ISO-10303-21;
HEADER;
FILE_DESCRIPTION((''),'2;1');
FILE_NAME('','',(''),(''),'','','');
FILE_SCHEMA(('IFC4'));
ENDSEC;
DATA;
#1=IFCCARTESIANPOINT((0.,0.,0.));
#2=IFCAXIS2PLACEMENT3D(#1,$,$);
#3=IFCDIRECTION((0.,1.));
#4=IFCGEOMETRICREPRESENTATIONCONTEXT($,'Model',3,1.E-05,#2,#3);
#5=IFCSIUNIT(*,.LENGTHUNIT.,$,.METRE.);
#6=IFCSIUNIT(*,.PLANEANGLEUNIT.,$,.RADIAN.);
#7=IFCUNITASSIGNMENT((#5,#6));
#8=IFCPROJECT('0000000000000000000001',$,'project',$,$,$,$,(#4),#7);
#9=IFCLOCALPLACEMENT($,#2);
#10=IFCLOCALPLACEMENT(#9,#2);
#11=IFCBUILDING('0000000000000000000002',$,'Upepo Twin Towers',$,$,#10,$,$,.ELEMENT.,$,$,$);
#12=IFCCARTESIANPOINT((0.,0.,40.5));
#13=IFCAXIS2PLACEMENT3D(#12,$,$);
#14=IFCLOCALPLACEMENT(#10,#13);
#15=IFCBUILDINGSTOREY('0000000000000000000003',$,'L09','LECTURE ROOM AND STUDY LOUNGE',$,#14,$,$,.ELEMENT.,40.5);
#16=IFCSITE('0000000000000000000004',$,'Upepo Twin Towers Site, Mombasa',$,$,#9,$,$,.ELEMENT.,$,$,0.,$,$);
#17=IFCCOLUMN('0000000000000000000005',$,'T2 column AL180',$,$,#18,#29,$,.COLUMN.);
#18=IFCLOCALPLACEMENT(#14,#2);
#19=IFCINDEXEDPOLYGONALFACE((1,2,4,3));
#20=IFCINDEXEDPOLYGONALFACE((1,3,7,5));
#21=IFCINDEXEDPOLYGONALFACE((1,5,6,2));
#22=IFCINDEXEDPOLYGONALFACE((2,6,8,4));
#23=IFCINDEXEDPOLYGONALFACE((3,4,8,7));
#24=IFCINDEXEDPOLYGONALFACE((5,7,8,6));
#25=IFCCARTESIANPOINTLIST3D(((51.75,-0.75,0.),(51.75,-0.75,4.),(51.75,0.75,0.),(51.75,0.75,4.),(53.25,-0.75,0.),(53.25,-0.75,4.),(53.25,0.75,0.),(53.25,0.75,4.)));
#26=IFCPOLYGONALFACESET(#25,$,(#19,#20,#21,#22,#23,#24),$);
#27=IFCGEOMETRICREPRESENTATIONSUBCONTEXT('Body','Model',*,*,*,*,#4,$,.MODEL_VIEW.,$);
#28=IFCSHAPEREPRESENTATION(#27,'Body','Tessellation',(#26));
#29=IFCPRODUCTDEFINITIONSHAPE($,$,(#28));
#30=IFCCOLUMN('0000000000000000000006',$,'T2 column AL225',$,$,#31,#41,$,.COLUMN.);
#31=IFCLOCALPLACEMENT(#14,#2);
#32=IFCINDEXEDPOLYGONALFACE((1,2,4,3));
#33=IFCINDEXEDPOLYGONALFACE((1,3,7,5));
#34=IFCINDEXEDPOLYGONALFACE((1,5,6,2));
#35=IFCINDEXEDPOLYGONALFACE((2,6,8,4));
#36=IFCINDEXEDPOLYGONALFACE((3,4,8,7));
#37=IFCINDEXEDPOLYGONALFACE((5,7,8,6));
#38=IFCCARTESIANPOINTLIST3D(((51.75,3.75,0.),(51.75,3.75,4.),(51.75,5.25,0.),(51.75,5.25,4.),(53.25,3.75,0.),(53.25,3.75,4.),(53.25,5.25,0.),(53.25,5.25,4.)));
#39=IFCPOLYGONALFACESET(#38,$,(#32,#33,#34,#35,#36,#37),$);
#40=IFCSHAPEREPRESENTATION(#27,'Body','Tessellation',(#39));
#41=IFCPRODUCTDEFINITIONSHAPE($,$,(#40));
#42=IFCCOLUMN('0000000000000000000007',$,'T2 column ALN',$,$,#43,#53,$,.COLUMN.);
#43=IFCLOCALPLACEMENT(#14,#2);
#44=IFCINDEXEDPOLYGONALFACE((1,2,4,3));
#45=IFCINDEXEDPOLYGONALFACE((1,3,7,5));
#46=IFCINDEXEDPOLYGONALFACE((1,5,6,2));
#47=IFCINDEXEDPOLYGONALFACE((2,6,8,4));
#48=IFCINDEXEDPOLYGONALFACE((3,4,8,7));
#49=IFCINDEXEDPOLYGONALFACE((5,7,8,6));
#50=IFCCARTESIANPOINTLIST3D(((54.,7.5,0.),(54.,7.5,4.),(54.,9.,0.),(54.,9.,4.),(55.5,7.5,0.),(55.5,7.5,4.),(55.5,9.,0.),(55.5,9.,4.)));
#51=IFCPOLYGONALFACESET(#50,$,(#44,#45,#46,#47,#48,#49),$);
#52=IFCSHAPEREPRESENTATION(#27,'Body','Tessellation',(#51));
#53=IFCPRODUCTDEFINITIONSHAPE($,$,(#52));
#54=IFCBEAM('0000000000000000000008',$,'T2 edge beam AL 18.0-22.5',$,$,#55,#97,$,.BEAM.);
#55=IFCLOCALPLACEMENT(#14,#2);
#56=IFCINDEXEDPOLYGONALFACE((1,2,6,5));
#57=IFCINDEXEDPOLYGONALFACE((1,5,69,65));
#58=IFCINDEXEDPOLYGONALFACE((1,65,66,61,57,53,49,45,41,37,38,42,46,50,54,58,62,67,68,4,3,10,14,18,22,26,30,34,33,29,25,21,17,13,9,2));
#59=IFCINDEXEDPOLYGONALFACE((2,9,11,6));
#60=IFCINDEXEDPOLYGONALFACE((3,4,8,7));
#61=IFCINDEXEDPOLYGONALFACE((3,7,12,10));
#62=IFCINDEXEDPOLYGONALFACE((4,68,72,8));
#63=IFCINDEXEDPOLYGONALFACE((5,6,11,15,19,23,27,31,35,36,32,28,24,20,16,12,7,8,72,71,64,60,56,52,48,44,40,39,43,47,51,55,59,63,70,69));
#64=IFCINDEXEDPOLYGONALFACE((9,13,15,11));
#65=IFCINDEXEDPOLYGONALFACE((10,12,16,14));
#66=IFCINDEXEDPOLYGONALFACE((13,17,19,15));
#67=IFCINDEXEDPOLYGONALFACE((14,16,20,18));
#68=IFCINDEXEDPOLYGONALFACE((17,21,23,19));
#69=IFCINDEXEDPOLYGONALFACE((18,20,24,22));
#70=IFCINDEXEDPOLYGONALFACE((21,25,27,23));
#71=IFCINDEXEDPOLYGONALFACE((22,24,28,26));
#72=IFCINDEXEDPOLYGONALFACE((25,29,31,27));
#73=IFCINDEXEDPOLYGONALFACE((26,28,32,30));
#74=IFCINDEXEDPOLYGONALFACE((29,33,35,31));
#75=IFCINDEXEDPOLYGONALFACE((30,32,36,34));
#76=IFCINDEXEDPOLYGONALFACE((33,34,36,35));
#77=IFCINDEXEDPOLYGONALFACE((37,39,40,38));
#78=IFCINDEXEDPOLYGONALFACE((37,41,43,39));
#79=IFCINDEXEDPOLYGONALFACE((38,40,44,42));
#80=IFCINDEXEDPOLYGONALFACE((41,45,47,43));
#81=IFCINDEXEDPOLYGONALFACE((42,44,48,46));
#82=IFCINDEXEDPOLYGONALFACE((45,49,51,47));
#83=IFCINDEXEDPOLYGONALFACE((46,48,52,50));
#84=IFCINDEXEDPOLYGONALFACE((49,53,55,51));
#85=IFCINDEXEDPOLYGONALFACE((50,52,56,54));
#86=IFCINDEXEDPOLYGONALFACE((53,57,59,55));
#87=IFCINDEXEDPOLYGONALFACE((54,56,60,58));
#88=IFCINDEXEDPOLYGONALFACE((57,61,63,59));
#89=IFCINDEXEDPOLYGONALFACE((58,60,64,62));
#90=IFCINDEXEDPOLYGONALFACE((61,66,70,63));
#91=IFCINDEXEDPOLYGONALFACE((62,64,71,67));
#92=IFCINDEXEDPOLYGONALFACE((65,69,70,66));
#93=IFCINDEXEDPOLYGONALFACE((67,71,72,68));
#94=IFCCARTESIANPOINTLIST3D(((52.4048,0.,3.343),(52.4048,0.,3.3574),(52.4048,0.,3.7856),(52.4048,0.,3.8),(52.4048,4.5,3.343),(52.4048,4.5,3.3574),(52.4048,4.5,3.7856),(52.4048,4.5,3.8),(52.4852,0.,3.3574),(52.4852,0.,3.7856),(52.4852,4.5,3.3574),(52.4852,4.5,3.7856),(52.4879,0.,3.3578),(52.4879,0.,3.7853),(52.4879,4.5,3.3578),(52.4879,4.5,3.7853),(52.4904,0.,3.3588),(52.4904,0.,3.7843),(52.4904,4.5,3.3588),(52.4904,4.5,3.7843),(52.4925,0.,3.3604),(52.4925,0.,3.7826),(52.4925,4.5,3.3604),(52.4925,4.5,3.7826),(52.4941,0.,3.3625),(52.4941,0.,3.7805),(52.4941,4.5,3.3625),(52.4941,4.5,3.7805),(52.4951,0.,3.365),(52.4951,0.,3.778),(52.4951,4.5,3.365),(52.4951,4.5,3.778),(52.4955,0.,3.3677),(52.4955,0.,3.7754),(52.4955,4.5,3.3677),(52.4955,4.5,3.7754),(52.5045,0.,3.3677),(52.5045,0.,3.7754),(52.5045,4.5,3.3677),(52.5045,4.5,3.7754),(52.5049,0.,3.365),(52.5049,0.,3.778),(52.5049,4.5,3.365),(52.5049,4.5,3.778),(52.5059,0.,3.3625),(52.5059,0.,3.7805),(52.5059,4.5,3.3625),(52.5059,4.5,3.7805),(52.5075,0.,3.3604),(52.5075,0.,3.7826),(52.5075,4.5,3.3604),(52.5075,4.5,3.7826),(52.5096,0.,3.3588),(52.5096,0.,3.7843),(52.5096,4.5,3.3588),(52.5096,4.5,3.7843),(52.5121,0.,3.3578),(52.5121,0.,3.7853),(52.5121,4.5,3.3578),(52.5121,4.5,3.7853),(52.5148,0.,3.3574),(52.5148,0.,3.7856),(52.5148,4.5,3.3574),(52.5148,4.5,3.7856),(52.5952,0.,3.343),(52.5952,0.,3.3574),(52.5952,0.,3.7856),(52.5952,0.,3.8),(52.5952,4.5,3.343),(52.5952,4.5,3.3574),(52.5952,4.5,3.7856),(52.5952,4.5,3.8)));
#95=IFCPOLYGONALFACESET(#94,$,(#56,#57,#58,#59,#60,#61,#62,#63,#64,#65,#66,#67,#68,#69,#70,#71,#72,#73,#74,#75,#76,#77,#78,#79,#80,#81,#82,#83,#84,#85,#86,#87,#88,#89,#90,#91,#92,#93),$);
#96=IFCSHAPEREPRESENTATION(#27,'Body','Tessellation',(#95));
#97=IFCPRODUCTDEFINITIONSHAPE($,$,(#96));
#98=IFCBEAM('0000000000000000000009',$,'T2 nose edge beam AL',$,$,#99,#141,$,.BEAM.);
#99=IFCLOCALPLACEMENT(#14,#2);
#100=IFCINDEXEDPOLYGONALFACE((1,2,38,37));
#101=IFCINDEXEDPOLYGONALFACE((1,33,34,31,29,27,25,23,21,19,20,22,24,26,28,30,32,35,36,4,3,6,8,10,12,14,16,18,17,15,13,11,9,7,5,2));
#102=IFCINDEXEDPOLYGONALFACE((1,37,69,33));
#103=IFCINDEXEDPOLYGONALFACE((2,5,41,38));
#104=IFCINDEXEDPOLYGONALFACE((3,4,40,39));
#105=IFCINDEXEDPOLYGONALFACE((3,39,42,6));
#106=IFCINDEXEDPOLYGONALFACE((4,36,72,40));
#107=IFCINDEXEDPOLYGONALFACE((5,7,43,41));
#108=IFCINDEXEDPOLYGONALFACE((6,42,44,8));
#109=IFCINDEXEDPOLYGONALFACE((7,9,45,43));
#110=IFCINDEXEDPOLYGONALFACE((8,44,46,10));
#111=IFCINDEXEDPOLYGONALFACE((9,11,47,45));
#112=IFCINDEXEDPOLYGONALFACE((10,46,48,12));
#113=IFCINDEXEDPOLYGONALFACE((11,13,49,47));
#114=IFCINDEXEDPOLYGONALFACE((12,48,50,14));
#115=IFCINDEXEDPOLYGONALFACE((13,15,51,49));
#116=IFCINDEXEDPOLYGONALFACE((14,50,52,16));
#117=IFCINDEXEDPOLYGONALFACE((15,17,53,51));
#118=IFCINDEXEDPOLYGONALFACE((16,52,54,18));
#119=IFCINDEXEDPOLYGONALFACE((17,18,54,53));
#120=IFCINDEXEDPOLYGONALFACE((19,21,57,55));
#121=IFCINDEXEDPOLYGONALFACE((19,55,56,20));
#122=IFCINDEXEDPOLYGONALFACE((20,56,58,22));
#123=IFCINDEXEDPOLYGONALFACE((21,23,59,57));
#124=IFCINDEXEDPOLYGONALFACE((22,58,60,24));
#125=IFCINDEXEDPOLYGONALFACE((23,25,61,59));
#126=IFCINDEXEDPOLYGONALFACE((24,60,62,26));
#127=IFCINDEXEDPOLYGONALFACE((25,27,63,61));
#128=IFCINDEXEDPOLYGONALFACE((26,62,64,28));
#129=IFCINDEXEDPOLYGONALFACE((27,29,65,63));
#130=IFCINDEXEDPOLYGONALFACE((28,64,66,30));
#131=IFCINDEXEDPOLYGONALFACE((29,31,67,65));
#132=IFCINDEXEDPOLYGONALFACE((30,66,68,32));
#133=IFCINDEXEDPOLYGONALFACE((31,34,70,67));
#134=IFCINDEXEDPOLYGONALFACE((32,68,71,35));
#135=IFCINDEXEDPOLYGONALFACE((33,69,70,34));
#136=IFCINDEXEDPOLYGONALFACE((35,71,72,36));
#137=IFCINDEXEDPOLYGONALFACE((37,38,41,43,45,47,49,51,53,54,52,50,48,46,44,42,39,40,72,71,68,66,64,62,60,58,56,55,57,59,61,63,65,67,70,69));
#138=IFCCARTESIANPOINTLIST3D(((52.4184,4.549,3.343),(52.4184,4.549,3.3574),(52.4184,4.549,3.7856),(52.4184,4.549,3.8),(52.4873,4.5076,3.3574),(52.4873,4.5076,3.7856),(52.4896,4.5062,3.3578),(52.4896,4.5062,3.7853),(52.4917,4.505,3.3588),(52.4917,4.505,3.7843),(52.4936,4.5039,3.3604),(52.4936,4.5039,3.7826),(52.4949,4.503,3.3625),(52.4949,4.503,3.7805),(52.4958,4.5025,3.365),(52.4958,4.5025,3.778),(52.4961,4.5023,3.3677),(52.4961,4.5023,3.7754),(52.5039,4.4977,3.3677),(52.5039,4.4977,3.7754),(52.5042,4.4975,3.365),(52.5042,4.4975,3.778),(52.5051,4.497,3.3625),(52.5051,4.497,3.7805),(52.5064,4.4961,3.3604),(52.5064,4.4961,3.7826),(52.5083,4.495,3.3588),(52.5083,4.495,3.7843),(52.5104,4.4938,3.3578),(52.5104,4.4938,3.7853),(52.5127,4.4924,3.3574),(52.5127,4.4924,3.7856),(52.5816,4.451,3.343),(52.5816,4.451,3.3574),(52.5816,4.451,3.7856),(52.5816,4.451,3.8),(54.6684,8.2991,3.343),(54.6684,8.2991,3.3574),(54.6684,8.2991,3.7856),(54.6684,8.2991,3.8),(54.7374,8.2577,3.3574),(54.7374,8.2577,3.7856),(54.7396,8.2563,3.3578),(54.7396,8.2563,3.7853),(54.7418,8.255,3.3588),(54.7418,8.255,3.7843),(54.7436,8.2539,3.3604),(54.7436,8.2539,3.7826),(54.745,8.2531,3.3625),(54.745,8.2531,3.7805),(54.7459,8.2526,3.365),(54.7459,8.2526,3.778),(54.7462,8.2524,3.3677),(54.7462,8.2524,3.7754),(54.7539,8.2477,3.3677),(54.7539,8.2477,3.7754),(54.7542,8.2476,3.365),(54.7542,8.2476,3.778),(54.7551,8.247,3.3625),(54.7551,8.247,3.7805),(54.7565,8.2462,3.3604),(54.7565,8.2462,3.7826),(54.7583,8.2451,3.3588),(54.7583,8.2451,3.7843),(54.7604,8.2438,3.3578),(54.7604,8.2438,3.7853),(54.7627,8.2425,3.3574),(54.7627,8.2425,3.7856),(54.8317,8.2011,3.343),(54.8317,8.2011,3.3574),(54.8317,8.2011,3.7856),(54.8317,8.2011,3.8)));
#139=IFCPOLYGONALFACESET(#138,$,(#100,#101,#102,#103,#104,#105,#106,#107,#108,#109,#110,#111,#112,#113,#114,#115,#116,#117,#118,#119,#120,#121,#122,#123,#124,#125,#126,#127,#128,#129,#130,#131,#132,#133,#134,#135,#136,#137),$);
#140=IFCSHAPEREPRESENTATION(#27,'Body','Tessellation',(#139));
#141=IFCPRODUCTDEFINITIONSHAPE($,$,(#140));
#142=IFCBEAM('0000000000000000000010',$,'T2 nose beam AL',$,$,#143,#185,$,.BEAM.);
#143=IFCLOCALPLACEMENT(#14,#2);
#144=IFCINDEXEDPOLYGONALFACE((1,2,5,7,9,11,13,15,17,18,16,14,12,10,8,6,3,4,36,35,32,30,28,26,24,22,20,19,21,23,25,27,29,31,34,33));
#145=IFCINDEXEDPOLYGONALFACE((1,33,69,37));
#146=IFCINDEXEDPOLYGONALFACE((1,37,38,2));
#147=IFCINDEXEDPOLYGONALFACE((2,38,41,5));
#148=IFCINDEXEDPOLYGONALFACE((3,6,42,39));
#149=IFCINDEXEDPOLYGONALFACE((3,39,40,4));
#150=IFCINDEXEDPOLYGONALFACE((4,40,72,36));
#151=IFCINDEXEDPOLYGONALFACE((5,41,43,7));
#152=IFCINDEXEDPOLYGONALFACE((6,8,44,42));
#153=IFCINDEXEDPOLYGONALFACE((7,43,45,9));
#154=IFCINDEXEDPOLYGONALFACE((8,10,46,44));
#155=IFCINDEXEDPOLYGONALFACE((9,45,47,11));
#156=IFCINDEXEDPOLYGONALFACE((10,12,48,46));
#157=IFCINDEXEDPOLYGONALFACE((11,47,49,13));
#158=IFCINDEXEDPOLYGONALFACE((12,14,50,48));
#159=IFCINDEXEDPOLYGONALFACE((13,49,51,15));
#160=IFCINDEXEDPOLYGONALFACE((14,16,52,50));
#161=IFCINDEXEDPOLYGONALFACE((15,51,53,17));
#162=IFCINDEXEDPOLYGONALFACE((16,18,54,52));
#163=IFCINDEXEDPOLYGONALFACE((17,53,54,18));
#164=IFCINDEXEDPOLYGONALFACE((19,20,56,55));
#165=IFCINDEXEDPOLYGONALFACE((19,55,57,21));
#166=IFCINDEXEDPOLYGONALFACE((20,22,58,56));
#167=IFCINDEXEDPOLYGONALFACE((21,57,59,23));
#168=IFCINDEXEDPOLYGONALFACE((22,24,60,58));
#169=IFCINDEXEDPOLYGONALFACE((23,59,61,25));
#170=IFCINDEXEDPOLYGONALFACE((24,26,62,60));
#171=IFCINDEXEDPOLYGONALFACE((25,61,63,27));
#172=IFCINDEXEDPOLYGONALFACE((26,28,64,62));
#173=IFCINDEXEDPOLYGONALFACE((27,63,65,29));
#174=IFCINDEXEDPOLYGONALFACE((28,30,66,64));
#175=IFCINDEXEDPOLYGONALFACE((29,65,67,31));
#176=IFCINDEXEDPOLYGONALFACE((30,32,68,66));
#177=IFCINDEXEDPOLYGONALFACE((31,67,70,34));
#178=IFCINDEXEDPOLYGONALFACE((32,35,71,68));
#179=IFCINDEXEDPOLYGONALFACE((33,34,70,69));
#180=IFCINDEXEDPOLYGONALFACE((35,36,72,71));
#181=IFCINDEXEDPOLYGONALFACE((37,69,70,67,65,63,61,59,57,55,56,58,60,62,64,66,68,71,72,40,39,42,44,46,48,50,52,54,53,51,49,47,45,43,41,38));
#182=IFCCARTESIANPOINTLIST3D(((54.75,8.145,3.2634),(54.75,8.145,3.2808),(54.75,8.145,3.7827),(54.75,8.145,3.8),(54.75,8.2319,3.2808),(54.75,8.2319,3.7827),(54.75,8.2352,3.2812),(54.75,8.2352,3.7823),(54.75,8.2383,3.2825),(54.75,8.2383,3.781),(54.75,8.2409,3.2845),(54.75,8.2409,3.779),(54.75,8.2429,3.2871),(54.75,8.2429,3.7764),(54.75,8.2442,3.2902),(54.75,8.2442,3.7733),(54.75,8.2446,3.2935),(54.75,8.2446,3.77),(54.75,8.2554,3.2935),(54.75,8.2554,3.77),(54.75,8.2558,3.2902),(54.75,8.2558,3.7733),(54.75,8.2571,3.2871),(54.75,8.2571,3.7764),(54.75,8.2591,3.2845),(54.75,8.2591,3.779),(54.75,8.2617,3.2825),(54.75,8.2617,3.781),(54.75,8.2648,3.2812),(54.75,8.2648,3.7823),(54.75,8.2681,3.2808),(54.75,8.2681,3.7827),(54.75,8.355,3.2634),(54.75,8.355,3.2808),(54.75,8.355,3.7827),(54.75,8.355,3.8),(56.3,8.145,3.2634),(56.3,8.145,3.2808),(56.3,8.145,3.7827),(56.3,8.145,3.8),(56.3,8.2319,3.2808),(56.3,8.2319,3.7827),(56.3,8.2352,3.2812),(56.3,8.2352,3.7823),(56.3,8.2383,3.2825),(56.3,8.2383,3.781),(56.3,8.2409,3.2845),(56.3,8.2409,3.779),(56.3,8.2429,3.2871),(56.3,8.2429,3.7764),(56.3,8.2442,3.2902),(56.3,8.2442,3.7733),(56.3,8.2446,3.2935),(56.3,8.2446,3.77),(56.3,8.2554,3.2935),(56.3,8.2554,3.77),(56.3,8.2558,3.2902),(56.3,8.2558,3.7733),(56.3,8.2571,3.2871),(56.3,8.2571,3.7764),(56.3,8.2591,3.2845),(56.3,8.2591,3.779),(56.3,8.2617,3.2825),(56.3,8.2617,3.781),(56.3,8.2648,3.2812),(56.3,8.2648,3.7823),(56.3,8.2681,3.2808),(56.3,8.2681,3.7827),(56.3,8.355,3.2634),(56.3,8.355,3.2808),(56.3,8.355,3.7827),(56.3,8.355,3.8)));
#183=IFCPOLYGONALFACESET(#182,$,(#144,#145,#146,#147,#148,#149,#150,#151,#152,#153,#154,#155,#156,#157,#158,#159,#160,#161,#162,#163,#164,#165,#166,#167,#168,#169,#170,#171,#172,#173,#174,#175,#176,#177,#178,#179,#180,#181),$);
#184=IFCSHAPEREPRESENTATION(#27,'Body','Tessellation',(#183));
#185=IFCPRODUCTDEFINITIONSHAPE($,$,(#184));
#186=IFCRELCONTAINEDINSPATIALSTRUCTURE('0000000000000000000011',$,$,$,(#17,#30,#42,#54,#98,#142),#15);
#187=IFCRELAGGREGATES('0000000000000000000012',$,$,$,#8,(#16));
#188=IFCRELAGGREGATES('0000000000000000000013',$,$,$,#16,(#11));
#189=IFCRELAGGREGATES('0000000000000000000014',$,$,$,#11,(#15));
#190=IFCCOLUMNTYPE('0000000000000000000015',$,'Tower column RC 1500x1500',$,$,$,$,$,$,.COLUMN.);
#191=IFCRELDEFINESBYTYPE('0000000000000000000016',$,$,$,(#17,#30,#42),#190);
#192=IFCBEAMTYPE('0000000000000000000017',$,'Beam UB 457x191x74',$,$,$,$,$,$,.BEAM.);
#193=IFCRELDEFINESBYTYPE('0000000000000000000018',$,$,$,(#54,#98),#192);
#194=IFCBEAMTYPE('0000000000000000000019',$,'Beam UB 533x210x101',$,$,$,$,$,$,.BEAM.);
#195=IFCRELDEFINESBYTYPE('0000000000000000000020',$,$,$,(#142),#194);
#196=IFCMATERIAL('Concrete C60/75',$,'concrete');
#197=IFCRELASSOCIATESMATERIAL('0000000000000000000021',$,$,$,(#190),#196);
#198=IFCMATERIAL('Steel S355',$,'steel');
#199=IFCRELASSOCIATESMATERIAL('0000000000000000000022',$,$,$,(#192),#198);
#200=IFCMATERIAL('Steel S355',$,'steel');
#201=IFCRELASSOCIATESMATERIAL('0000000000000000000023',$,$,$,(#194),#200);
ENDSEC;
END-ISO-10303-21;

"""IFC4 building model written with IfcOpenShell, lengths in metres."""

from ifc_helpers import new_model, si_unit, direction, frame, origin, origin_2d, place, context, subcontext, project, spatial, rectangle, i_section, extrude, material, material_profile, profile_set, type_object, element, save


model = new_model("IFC4")

# Units and contexts
model_context = context("Model", 3, precision=1e-05, world=origin(), true_north=direction((0.0, 1.0)))
body_context = subcontext(model_context, "Body", "Model", "MODEL_VIEW")
ifc_project = project(units=[si_unit("LENGTHUNIT", "METRE"), si_unit("PLANEANGLEUNIT", "RADIAN")], contexts=[model_context])

# Site, building, storey
site_placement = place(None, origin())
site = spatial("IfcSite", under=ifc_project, at=site_placement, Name="Upepo Twin Towers Site, Mombasa", CompositionType="ELEMENT", RefElevation=0.0)
building_placement = place(site_placement, origin())
building = spatial("IfcBuilding", under=site, at=building_placement, Name="Upepo Twin Towers", CompositionType="ELEMENT")
storey_placement = place(building_placement, frame((0.0, 0.0, 40.5)))
storey = spatial("IfcBuildingStorey", under=building, at=storey_placement, Name="L09", Description="LECTURE ROOM AND STUDY LOUNGE", CompositionType="ELEMENT", Elevation=40.5)

# Columns
ifc_material_1 = material(Name="Concrete C60/75", Category="concrete")
ifc_material_profile_1 = material_profile(ifc_material_1, rectangle(XDim=1.5, YDim=1.5, at=origin_2d()), Name="RC 1500x1500")
ifc_profile_set_1 = profile_set([ifc_material_profile_1], Name="Concrete C60/75")
column_type = type_object("IfcColumnType", Name="Tower column RC 1500x1500", PredefinedType="COLUMN", material=ifc_profile_set_1)
for number, where, z_axis, x_axis, name in (
    (1, (52.5, 0.0, 0.0), (0.0, 0.0, 1.0), (1.0, 0.0, 0.0), "T2 column AL180"),
    (2, (52.5, 4.5, 0.0), (0.0, 0.0, 1.0), (1.0, 0.0, 0.0), "T2 column AL225"),
    (3, (54.75, 8.25, 0.0), (0.0, 0.0, 1.0), (1.0, 0.0, 0.0), "T2 column ALN"),
):
    element("IfcColumn", number, at=place(storey_placement, frame(where, z_axis=z_axis, x_axis=x_axis)), inside=storey, type_object=column_type, Name=name, PredefinedType="COLUMN", context=body_context, shape_type="SweptSolid", body=[
        extrude(rectangle(XDim=1.5, YDim=1.5, at=origin_2d()), origin(), (0.0, 0.0, 1.0), 4.0),
    ])

# Beams
ifc_material_2 = material(Name="Steel S355", Category="steel")
ifc_material_profile_2 = material_profile(ifc_material_2, i_section(OverallWidth=0.1904, OverallDepth=0.457, WebThickness=0.009, FlangeThickness=0.0144, FilletRadius=0.0103, at=origin_2d()), Name="UB 457x191x74")
ifc_profile_set_2 = profile_set([ifc_material_profile_2], Name="Steel S355")
beam_type_1 = type_object("IfcBeamType", Name="Beam UB 457x191x74", PredefinedType="BEAM", material=ifc_profile_set_2)
beam_1_placement = place(storey_placement, frame((52.5, 0.0, 3.5715), z_axis=(0.0, 1.0, 0.0), x_axis=(-1.0, 0.0, 0.0)))
element("IfcBeam", 4, at=beam_1_placement, inside=storey, type_object=beam_type_1, Name="T2 edge beam AL 18.0-22.5", PredefinedType="BEAM", context=body_context, shape_type="SweptSolid", body=[
    extrude(i_section(OverallWidth=0.1904, OverallDepth=0.457, WebThickness=0.009, FlangeThickness=0.0144, FilletRadius=0.0103, at=origin_2d()), origin(), (0.0, 0.0, 1.0), 4.5),
])
beam_2_placement = place(storey_placement, frame((52.5, 4.5, 3.5715), z_axis=(0.514496, 0.857493, 0.0), x_axis=(-0.857493, 0.514496, 0.0)))
element("IfcBeam", 5, at=beam_2_placement, inside=storey, type_object=beam_type_1, Name="T2 nose edge beam AL", PredefinedType="BEAM", context=body_context, shape_type="SweptSolid", body=[
    extrude(i_section(OverallWidth=0.1904, OverallDepth=0.457, WebThickness=0.009, FlangeThickness=0.0144, FilletRadius=0.0103, at=origin_2d()), origin(), (0.0, 0.0, 1.0), 4.3733),
])
ifc_material_3 = material(Name="Steel S355", Category="steel")
ifc_material_profile_3 = material_profile(ifc_material_3, i_section(OverallWidth=0.21, OverallDepth=0.5366, WebThickness=0.0107, FlangeThickness=0.0173, FilletRadius=0.0127, at=origin_2d()), Name="UB 533x210x101")
ifc_profile_set_3 = profile_set([ifc_material_profile_3], Name="Steel S355")
beam_type_2 = type_object("IfcBeamType", Name="Beam UB 533x210x101", PredefinedType="BEAM", material=ifc_profile_set_3)
beam_3_placement = place(storey_placement, frame((54.75, 8.25, 3.5317), z_axis=(1.0, 0.0, 0.0), x_axis=(0.0, 1.0, 0.0)))
element("IfcBeam", 6, at=beam_3_placement, inside=storey, type_object=beam_type_2, Name="T2 nose beam AL", PredefinedType="BEAM", context=body_context, shape_type="SweptSolid", body=[
    extrude(i_section(OverallWidth=0.21, OverallDepth=0.5366, WebThickness=0.0107, FlangeThickness=0.0173, FilletRadius=0.0127, at=origin_2d()), origin(), (0.0, 0.0, 1.0), 1.55),
])

save(model, "model.ifc")
